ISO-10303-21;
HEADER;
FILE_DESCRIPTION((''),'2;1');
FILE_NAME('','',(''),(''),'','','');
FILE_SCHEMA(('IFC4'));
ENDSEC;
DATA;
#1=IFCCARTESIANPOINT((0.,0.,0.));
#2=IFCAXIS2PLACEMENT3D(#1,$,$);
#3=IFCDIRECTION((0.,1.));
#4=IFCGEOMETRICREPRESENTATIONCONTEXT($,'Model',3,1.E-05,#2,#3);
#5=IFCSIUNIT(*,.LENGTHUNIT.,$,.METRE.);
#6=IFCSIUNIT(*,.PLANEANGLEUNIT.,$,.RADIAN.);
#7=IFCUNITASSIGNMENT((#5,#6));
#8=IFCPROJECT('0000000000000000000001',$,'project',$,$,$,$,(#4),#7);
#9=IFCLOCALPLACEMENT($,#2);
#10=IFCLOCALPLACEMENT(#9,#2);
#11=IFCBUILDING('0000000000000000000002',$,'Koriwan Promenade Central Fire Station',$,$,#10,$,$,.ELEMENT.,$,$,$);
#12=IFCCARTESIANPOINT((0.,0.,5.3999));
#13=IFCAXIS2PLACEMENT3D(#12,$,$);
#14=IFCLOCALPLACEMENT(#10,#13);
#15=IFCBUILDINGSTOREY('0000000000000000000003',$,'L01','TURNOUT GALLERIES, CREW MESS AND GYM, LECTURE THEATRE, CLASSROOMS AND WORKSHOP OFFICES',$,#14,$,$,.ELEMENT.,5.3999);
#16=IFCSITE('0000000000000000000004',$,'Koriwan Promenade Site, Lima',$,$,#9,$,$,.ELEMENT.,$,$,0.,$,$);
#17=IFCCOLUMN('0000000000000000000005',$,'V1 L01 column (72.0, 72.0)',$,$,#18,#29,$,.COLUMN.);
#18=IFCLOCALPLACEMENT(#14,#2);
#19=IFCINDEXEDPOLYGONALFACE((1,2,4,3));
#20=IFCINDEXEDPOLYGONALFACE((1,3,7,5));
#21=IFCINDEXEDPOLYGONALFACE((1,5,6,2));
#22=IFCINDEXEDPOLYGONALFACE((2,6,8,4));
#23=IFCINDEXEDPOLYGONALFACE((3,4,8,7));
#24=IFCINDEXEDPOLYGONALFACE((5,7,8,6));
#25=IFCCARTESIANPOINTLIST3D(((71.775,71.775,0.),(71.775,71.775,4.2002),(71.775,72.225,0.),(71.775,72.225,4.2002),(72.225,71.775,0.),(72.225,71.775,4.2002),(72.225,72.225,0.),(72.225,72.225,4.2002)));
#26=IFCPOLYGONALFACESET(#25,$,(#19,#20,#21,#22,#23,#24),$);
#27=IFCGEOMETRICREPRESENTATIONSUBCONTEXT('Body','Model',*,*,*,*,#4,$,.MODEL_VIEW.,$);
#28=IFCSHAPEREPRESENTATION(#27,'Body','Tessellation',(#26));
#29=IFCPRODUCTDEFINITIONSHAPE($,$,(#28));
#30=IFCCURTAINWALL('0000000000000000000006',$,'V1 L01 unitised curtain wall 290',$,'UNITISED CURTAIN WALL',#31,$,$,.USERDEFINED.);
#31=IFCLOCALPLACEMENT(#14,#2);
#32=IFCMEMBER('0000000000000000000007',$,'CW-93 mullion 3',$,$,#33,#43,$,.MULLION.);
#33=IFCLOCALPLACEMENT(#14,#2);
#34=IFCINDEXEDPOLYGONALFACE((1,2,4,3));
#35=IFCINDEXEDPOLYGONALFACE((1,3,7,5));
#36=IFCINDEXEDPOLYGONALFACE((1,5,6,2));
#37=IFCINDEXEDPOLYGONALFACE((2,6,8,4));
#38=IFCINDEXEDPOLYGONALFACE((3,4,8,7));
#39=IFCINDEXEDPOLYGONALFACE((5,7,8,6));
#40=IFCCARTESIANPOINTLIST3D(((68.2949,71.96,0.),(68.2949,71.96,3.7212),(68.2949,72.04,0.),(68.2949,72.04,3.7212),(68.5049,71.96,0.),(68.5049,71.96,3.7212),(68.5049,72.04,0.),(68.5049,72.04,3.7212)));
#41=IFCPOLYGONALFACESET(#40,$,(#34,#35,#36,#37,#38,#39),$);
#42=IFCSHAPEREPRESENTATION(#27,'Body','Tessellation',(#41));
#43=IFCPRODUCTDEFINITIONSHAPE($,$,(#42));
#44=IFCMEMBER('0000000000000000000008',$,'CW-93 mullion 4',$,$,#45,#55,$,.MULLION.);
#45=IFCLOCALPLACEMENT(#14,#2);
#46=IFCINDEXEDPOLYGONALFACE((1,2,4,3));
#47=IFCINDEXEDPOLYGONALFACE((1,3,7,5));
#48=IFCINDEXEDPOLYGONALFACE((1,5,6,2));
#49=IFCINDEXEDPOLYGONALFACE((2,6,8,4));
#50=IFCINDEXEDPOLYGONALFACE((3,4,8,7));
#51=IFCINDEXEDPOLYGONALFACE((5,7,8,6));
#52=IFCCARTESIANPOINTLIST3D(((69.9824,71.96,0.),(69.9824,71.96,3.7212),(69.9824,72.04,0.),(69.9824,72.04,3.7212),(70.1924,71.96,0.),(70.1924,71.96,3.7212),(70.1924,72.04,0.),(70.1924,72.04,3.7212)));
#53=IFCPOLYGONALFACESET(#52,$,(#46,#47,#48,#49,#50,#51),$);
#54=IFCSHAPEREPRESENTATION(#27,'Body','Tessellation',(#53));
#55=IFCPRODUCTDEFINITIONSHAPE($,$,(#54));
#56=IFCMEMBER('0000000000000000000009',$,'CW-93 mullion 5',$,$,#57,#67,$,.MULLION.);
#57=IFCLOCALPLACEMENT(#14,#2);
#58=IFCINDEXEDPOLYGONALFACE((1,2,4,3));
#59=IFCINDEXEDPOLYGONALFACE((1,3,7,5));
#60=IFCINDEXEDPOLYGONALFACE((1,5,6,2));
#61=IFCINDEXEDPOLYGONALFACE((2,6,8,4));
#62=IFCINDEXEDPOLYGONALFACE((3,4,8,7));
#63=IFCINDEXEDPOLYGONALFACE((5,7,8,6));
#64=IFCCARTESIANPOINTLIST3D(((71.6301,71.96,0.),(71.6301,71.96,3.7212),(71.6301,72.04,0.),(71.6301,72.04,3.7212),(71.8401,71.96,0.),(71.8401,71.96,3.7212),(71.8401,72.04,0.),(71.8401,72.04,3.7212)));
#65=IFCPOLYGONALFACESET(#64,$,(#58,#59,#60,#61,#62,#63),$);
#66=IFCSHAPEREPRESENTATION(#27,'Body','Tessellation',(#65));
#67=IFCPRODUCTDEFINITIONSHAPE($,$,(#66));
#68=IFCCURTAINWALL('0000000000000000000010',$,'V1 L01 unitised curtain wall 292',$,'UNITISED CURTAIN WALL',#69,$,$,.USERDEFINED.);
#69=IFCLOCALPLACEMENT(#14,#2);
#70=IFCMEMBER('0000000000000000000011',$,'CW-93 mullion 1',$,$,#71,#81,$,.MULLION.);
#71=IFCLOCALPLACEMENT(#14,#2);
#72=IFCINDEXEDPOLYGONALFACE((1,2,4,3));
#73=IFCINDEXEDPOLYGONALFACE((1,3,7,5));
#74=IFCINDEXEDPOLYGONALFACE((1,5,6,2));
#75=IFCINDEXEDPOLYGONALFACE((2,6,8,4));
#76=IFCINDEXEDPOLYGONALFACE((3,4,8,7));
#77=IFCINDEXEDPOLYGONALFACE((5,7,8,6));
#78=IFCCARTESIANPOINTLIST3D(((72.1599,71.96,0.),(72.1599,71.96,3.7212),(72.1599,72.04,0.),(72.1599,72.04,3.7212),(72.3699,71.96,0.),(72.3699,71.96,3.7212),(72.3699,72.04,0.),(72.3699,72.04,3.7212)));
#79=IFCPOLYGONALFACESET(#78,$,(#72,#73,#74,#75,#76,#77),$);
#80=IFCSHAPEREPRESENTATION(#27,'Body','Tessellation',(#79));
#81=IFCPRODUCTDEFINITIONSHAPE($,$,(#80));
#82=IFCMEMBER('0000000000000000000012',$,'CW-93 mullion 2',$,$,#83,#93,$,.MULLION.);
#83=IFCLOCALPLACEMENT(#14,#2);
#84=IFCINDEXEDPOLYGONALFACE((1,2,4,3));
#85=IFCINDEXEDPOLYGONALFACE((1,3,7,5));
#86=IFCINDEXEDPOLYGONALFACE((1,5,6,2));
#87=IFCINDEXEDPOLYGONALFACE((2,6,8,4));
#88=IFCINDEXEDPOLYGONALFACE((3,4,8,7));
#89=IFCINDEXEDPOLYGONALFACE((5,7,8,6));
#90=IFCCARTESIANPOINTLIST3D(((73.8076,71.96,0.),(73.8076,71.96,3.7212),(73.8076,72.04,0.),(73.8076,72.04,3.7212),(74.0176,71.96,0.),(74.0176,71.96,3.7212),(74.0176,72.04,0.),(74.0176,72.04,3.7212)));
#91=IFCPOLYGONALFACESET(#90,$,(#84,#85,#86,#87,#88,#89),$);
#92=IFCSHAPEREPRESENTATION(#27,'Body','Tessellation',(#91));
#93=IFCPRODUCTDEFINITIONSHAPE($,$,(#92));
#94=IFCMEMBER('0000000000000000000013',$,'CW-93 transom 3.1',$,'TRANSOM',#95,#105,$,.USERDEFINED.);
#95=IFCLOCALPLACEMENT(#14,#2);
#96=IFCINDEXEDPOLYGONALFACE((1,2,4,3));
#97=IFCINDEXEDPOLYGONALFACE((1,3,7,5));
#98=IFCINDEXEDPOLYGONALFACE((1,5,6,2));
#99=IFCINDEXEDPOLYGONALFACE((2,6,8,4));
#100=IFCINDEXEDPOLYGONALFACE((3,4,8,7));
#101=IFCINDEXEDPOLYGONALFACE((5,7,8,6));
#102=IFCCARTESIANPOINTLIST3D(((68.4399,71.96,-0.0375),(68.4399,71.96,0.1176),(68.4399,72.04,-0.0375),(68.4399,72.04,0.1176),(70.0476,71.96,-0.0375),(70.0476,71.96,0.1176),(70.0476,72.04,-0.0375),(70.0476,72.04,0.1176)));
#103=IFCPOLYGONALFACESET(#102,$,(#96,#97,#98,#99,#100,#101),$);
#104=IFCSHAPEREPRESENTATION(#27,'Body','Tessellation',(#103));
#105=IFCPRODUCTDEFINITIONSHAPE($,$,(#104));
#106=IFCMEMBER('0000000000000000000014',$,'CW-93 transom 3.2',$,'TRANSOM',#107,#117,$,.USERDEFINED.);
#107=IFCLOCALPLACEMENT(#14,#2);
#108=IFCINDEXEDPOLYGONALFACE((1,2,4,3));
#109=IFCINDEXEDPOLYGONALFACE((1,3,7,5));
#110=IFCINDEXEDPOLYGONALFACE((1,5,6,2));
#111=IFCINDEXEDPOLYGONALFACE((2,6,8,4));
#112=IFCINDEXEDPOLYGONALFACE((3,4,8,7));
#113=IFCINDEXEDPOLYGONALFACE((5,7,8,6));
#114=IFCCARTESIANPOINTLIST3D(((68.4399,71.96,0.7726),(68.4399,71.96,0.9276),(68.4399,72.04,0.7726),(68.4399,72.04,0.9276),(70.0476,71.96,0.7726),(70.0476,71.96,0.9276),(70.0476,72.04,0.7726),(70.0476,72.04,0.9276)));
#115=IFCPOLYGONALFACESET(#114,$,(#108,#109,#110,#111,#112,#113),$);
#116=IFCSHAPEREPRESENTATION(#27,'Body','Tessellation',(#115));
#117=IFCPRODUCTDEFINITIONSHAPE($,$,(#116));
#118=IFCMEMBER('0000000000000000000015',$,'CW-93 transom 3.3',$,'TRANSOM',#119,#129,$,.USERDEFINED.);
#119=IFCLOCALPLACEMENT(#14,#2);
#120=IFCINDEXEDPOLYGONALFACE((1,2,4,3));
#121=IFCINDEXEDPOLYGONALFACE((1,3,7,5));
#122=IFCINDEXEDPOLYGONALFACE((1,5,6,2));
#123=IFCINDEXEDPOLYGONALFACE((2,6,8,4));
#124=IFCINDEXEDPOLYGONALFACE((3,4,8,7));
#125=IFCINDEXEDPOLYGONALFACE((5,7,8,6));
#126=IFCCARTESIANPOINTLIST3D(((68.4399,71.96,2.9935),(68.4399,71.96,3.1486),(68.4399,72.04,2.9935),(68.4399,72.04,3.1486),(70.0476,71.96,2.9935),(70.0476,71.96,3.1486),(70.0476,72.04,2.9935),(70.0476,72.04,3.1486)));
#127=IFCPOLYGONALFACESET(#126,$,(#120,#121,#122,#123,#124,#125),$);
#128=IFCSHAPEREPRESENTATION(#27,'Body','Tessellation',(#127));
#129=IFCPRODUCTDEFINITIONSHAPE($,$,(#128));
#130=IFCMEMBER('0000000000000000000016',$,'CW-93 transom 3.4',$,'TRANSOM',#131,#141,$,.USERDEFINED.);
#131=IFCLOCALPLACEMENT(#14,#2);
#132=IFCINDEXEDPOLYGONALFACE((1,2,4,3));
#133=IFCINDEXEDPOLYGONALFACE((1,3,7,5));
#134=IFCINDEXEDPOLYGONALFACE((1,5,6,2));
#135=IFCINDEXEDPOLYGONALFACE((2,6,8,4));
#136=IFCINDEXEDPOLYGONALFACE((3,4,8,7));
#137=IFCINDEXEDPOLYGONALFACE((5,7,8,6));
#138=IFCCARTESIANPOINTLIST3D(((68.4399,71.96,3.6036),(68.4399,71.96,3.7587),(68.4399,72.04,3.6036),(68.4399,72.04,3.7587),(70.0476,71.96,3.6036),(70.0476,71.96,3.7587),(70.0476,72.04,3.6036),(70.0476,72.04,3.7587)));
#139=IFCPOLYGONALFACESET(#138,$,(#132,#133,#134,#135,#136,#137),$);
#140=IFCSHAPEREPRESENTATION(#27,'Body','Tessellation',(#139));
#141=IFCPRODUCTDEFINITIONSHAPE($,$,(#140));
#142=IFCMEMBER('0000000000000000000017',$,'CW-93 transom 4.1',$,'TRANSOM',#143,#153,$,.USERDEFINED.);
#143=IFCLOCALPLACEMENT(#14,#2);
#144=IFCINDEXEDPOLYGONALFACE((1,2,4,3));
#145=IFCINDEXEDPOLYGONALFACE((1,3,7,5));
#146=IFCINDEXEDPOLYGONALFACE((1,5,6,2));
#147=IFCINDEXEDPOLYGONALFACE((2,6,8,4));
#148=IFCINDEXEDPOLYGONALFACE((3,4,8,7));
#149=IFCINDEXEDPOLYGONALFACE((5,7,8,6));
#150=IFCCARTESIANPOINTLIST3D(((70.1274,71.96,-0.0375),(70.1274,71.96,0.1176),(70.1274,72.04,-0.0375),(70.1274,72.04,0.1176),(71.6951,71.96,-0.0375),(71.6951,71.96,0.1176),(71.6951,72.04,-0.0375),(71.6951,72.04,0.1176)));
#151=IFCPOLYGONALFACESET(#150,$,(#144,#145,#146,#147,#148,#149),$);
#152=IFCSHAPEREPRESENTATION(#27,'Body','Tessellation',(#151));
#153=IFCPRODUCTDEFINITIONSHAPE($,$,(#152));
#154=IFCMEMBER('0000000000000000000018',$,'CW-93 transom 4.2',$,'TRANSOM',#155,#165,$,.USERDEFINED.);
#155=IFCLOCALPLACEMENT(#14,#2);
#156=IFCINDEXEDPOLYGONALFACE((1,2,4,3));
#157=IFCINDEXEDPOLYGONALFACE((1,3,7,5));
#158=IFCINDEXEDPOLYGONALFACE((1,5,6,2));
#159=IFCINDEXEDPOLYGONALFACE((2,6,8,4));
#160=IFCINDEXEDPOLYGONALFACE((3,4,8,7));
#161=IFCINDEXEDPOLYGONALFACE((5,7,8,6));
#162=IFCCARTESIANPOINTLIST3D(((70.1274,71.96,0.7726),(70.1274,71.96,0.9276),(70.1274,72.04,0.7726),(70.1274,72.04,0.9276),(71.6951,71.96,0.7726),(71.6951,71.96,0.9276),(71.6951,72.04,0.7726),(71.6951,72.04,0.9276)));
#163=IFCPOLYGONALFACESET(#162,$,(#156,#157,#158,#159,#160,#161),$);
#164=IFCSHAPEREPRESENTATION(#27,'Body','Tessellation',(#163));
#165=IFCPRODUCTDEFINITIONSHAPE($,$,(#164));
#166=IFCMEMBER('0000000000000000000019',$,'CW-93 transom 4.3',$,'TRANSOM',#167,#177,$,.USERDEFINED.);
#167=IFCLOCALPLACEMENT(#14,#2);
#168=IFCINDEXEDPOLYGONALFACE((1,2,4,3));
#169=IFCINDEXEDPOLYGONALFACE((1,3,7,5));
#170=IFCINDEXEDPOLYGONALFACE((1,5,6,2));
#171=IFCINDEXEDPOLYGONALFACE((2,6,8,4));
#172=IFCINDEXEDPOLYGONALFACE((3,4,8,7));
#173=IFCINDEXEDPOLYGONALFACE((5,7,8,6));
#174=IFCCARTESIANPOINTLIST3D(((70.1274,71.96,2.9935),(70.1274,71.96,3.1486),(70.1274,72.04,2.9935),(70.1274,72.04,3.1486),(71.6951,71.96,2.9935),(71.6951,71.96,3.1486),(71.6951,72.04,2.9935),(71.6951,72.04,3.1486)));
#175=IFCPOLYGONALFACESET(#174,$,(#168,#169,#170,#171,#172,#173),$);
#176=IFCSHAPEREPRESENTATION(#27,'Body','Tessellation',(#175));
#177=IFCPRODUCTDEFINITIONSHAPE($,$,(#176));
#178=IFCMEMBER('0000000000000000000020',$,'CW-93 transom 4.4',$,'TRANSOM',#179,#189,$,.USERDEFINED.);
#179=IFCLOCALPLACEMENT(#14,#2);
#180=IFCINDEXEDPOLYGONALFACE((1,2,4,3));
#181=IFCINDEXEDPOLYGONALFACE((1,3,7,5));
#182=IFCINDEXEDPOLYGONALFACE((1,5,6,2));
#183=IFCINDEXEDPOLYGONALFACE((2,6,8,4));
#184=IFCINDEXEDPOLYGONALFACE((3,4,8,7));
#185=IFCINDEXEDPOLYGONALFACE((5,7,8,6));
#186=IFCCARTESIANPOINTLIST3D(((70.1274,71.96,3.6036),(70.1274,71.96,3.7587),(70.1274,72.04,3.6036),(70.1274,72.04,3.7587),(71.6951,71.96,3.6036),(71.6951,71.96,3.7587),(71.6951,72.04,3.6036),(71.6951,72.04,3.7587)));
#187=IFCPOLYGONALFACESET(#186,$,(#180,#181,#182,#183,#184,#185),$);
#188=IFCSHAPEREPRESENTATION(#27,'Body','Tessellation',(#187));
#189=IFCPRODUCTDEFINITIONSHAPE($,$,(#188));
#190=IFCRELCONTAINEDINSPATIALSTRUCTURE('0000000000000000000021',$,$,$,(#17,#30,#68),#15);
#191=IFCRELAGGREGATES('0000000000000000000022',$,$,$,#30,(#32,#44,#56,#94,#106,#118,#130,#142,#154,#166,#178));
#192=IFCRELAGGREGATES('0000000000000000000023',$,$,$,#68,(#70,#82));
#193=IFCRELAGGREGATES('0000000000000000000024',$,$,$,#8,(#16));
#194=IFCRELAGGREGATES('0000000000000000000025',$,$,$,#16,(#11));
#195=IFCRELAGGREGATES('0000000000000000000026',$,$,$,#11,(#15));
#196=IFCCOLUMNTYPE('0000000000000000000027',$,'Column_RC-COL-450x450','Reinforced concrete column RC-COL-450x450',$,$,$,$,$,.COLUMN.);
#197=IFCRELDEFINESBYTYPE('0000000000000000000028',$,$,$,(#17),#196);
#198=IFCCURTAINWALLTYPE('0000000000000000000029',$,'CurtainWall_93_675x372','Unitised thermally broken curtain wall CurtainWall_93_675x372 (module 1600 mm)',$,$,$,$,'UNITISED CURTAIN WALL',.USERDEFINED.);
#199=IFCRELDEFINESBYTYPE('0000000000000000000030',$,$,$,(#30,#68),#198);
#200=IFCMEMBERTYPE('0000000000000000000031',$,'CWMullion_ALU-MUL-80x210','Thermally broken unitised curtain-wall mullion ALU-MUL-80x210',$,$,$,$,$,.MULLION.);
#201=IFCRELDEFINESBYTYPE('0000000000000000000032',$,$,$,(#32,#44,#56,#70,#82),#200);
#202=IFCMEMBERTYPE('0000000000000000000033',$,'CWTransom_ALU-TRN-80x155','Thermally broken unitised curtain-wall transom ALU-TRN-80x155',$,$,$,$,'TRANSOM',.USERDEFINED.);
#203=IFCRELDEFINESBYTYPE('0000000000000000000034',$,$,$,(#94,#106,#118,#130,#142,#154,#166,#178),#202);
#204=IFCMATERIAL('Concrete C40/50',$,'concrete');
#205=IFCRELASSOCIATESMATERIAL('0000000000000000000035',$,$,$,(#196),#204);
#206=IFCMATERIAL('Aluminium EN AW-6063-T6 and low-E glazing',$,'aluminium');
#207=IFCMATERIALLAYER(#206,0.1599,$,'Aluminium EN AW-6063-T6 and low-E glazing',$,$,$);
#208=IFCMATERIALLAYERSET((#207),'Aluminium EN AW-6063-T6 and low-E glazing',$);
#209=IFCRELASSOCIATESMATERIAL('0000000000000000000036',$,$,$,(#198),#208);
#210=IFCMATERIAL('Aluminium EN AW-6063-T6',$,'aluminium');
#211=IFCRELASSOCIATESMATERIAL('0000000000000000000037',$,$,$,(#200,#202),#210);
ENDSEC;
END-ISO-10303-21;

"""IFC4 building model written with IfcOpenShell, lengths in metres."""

from ifc_helpers import new_model, si_unit, direction, frame, origin, origin_2d, place, context, subcontext, project, spatial, rectangle, extrude, material, layer, layer_set, material_profile, profile_set, type_object, element, aggregate, save


model = new_model("IFC4")

# Units and contexts
model_context = context("Model", 3, precision=1e-05, world=origin(), true_north=direction((0.0, 1.0)))
body_context = subcontext(model_context, "Body", "Model", "MODEL_VIEW")
ifc_project = project(units=[si_unit("LENGTHUNIT", "METRE"), si_unit("PLANEANGLEUNIT", "RADIAN")], contexts=[model_context])

# Site, building, storey
site_placement = place(None, origin())
site = spatial("IfcSite", under=ifc_project, at=site_placement, Name="Koriwan Promenade Site, Lima", CompositionType="ELEMENT", RefElevation=0.0)
building_placement = place(site_placement, origin())
building = spatial("IfcBuilding", under=site, at=building_placement, Name="Koriwan Promenade Central Fire Station", CompositionType="ELEMENT")
storey_placement = place(building_placement, frame((0.0, 0.0, 5.3999)))
storey = spatial("IfcBuildingStorey", under=building, at=storey_placement, Name="L01", Description="TURNOUT GALLERIES, CREW MESS AND GYM, LECTURE THEATRE, CLASSROOMS AND WORKSHOP OFFICES", CompositionType="ELEMENT", Elevation=5.3999)

# Column
ifc_material_1 = material(Name="Concrete C40/50", Category="concrete")
ifc_material_profile_1 = material_profile(ifc_material_1, rectangle(XDim=0.45, YDim=0.45, at=origin_2d()), Name="RC-COL-450x450")
ifc_profile_set_1 = profile_set([ifc_material_profile_1], Name="Concrete C40/50")
column_type = type_object("IfcColumnType", Name="Column_RC-COL-450x450", Description="Reinforced concrete column RC-COL-450x450", PredefinedType="COLUMN", material=ifc_profile_set_1)
column_placement = place(storey_placement, frame((72.0, 72.0, 0.0), z_axis=(0.0, 0.0, 1.0), x_axis=(1.0, 0.0, 0.0)))
element("IfcColumn", 1, at=column_placement, inside=storey, type_object=column_type, Name="V1 L01 column (72.0, 72.0)", PredefinedType="COLUMN", context=body_context, shape_type="SweptSolid", body=[
    extrude(rectangle(XDim=0.45, YDim=0.45, at=origin_2d()), origin(), (0.0, 0.0, 1.0), 4.2002),
])

# Curtain walls, members
ifc_material_2 = material(Name="Aluminium EN AW-6063-T6 and low-E glazing", Category="aluminium")
ifc_layer_1 = layer(ifc_material_2, 0.1599, Name="Aluminium EN AW-6063-T6 and low-E glazing")
ifc_layer_set_1 = layer_set([ifc_layer_1], Name="Aluminium EN AW-6063-T6 and low-E glazing")
curtain_wall_type = type_object("IfcCurtainWallType", Name="CurtainWall_93_675x372", Description="Unitised thermally broken curtain wall CurtainWall_93_675x372 (module 1600 mm)", ElementType="UNITISED CURTAIN WALL", PredefinedType="USERDEFINED", material=ifc_layer_set_1)
curtain_wall_1_placement = place(storey_placement, origin())
curtain_wall_1 = element("IfcCurtainWall", 2, at=curtain_wall_1_placement, inside=storey, type_object=curtain_wall_type, Name="V1 L01 unitised curtain wall 290", ObjectType="UNITISED CURTAIN WALL", PredefinedType="USERDEFINED")
ifc_material_3 = material(Name="Aluminium EN AW-6063-T6", Category="aluminium")
ifc_material_profile_2 = material_profile(ifc_material_3, rectangle(XDim=0.0801, YDim=0.21, at=origin_2d()), Name="ALU-MUL-80x210")
ifc_profile_set_2 = profile_set([ifc_material_profile_2], Name="Aluminium EN AW-6063-T6")
member_type_1 = type_object("IfcMemberType", Name="CWMullion_ALU-MUL-80x210", Description="Thermally broken unitised curtain-wall mullion ALU-MUL-80x210", PredefinedType="MULLION", material=ifc_profile_set_2)
member_1_placement = place(storey_placement, frame((68.3999, 72.0, 0.0), z_axis=(0.0, 0.0, 1.0), x_axis=(0.0, 1.0, 0.0)))
member_1 = element("IfcMember", 3, at=member_1_placement, type_object=member_type_1, Name="CW-93 mullion 3", PredefinedType="MULLION", context=body_context, shape_type="SweptSolid", body=[
    extrude(rectangle(XDim=0.0801, YDim=0.21, at=origin_2d()), origin(), (0.0, 0.0, 1.0), 3.7212),
])
member_2_placement = place(storey_placement, frame((70.0874, 72.0, 0.0), z_axis=(0.0, 0.0, 1.0), x_axis=(0.0, 1.0, 0.0)))
member_2 = element("IfcMember", 4, at=member_2_placement, type_object=member_type_1, Name="CW-93 mullion 4", PredefinedType="MULLION", context=body_context, shape_type="SweptSolid", body=[
    extrude(rectangle(XDim=0.0801, YDim=0.21, at=origin_2d()), origin(), (0.0, 0.0, 1.0), 3.7212),
])
member_3_placement = place(storey_placement, frame((71.7351, 72.0, 0.0), z_axis=(0.0, 0.0, 1.0), x_axis=(0.0, 1.0, 0.0)))
member_3 = element("IfcMember", 5, at=member_3_placement, type_object=member_type_1, Name="CW-93 mullion 5", PredefinedType="MULLION", context=body_context, shape_type="SweptSolid", body=[
    extrude(rectangle(XDim=0.0801, YDim=0.21, at=origin_2d()), origin(), (0.0, 0.0, 1.0), 3.7212),
])
curtain_wall_2_placement = place(storey_placement, origin())
curtain_wall_2 = element("IfcCurtainWall", 6, at=curtain_wall_2_placement, inside=storey, type_object=curtain_wall_type, Name="V1 L01 unitised curtain wall 292", ObjectType="UNITISED CURTAIN WALL", PredefinedType="USERDEFINED")
member_4_placement = place(storey_placement, frame((72.2649, 72.0, 0.0), z_axis=(0.0, 0.0, 1.0), x_axis=(0.0, 1.0, 0.0)))
member_4 = element("IfcMember", 7, at=member_4_placement, type_object=member_type_1, Name="CW-93 mullion 1", PredefinedType="MULLION", context=body_context, shape_type="SweptSolid", body=[
    extrude(rectangle(XDim=0.0801, YDim=0.21, at=origin_2d()), origin(), (0.0, 0.0, 1.0), 3.7212),
])
member_5_placement = place(storey_placement, frame((73.9126, 72.0, 0.0), z_axis=(0.0, 0.0, 1.0), x_axis=(0.0, 1.0, 0.0)))
member_5 = element("IfcMember", 8, at=member_5_placement, type_object=member_type_1, Name="CW-93 mullion 2", PredefinedType="MULLION", context=body_context, shape_type="SweptSolid", body=[
    extrude(rectangle(XDim=0.0801, YDim=0.21, at=origin_2d()), origin(), (0.0, 0.0, 1.0), 3.7212),
])

# Members
ifc_material_profile_3 = material_profile(ifc_material_3, rectangle(XDim=0.0801, YDim=0.155, at=origin_2d()), Name="ALU-TRN-80x155")
ifc_profile_set_3 = profile_set([ifc_material_profile_3], Name="Aluminium EN AW-6063-T6")
member_type_2 = type_object("IfcMemberType", Name="CWTransom_ALU-TRN-80x155", Description="Thermally broken unitised curtain-wall transom ALU-TRN-80x155", ElementType="TRANSOM", PredefinedType="USERDEFINED", material=ifc_profile_set_3)
member_6_placement = place(storey_placement, frame((68.4399, 72.0, 0.04), z_axis=(1.0, 0.0, 0.0), x_axis=(0.0, 1.0, 0.0)))
member_6 = element("IfcMember", 9, at=member_6_placement, type_object=member_type_2, Name="CW-93 transom 3.1", ObjectType="TRANSOM", PredefinedType="USERDEFINED", context=body_context, shape_type="SweptSolid", body=[
    extrude(rectangle(XDim=0.0801, YDim=0.155, at=origin_2d()), origin(), (0.0, 0.0, 1.0), 1.6077),
])
member_7_placement = place(storey_placement, frame((68.4399, 72.0, 0.8501), z_axis=(1.0, 0.0, 0.0), x_axis=(0.0, 1.0, 0.0)))
member_7 = element("IfcMember", 10, at=member_7_placement, type_object=member_type_2, Name="CW-93 transom 3.2", ObjectType="TRANSOM", PredefinedType="USERDEFINED", context=body_context, shape_type="SweptSolid", body=[
    extrude(rectangle(XDim=0.0801, YDim=0.155, at=origin_2d()), origin(), (0.0, 0.0, 1.0), 1.6077),
])
member_8_placement = place(storey_placement, frame((68.4399, 72.0, 3.071), z_axis=(1.0, 0.0, 0.0), x_axis=(0.0, 1.0, 0.0)))
member_8 = element("IfcMember", 11, at=member_8_placement, type_object=member_type_2, Name="CW-93 transom 3.3", ObjectType="TRANSOM", PredefinedType="USERDEFINED", context=body_context, shape_type="SweptSolid", body=[
    extrude(rectangle(XDim=0.0801, YDim=0.155, at=origin_2d()), origin(), (0.0, 0.0, 1.0), 1.6077),
])
member_9_placement = place(storey_placement, frame((68.4399, 72.0, 3.6812), z_axis=(1.0, 0.0, 0.0), x_axis=(0.0, 1.0, 0.0)))
member_9 = element("IfcMember", 12, at=member_9_placement, type_object=member_type_2, Name="CW-93 transom 3.4", ObjectType="TRANSOM", PredefinedType="USERDEFINED", context=body_context, shape_type="SweptSolid", body=[
    extrude(rectangle(XDim=0.0801, YDim=0.155, at=origin_2d()), origin(), (0.0, 0.0, 1.0), 1.6077),
])
member_10_placement = place(storey_placement, frame((70.1274, 72.0, 0.04), z_axis=(1.0, 0.0, 0.0), x_axis=(0.0, 1.0, 0.0)))
member_10 = element("IfcMember", 13, at=member_10_placement, type_object=member_type_2, Name="CW-93 transom 4.1", ObjectType="TRANSOM", PredefinedType="USERDEFINED", context=body_context, shape_type="SweptSolid", body=[
    extrude(rectangle(XDim=0.0801, YDim=0.155, at=origin_2d()), origin(), (0.0, 0.0, 1.0), 1.5676),
])
member_11_placement = place(storey_placement, frame((70.1274, 72.0, 0.8501), z_axis=(1.0, 0.0, 0.0), x_axis=(0.0, 1.0, 0.0)))
member_11 = element("IfcMember", 14, at=member_11_placement, type_object=member_type_2, Name="CW-93 transom 4.2", ObjectType="TRANSOM", PredefinedType="USERDEFINED", context=body_context, shape_type="SweptSolid", body=[
    extrude(rectangle(XDim=0.0801, YDim=0.155, at=origin_2d()), origin(), (0.0, 0.0, 1.0), 1.5676),
])
member_12_placement = place(storey_placement, frame((70.1274, 72.0, 3.071), z_axis=(1.0, 0.0, 0.0), x_axis=(0.0, 1.0, 0.0)))
member_12 = element("IfcMember", 15, at=member_12_placement, type_object=member_type_2, Name="CW-93 transom 4.3", ObjectType="TRANSOM", PredefinedType="USERDEFINED", context=body_context, shape_type="SweptSolid", body=[
    extrude(rectangle(XDim=0.0801, YDim=0.155, at=origin_2d()), origin(), (0.0, 0.0, 1.0), 1.5676),
])
member_13_placement = place(storey_placement, frame((70.1274, 72.0, 3.6812), z_axis=(1.0, 0.0, 0.0), x_axis=(0.0, 1.0, 0.0)))
member_13 = element("IfcMember", 16, at=member_13_placement, type_object=member_type_2, Name="CW-93 transom 4.4", ObjectType="TRANSOM", PredefinedType="USERDEFINED", context=body_context, shape_type="SweptSolid", body=[
    extrude(rectangle(XDim=0.0801, YDim=0.155, at=origin_2d()), origin(), (0.0, 0.0, 1.0), 1.5676),
])

aggregate(curtain_wall_1, [member_1, member_2, member_3, member_6, member_7, member_8, member_9, member_10, member_11, member_12, member_13])
aggregate(curtain_wall_2, [member_4, member_5])

save(model, "model.ifc")
